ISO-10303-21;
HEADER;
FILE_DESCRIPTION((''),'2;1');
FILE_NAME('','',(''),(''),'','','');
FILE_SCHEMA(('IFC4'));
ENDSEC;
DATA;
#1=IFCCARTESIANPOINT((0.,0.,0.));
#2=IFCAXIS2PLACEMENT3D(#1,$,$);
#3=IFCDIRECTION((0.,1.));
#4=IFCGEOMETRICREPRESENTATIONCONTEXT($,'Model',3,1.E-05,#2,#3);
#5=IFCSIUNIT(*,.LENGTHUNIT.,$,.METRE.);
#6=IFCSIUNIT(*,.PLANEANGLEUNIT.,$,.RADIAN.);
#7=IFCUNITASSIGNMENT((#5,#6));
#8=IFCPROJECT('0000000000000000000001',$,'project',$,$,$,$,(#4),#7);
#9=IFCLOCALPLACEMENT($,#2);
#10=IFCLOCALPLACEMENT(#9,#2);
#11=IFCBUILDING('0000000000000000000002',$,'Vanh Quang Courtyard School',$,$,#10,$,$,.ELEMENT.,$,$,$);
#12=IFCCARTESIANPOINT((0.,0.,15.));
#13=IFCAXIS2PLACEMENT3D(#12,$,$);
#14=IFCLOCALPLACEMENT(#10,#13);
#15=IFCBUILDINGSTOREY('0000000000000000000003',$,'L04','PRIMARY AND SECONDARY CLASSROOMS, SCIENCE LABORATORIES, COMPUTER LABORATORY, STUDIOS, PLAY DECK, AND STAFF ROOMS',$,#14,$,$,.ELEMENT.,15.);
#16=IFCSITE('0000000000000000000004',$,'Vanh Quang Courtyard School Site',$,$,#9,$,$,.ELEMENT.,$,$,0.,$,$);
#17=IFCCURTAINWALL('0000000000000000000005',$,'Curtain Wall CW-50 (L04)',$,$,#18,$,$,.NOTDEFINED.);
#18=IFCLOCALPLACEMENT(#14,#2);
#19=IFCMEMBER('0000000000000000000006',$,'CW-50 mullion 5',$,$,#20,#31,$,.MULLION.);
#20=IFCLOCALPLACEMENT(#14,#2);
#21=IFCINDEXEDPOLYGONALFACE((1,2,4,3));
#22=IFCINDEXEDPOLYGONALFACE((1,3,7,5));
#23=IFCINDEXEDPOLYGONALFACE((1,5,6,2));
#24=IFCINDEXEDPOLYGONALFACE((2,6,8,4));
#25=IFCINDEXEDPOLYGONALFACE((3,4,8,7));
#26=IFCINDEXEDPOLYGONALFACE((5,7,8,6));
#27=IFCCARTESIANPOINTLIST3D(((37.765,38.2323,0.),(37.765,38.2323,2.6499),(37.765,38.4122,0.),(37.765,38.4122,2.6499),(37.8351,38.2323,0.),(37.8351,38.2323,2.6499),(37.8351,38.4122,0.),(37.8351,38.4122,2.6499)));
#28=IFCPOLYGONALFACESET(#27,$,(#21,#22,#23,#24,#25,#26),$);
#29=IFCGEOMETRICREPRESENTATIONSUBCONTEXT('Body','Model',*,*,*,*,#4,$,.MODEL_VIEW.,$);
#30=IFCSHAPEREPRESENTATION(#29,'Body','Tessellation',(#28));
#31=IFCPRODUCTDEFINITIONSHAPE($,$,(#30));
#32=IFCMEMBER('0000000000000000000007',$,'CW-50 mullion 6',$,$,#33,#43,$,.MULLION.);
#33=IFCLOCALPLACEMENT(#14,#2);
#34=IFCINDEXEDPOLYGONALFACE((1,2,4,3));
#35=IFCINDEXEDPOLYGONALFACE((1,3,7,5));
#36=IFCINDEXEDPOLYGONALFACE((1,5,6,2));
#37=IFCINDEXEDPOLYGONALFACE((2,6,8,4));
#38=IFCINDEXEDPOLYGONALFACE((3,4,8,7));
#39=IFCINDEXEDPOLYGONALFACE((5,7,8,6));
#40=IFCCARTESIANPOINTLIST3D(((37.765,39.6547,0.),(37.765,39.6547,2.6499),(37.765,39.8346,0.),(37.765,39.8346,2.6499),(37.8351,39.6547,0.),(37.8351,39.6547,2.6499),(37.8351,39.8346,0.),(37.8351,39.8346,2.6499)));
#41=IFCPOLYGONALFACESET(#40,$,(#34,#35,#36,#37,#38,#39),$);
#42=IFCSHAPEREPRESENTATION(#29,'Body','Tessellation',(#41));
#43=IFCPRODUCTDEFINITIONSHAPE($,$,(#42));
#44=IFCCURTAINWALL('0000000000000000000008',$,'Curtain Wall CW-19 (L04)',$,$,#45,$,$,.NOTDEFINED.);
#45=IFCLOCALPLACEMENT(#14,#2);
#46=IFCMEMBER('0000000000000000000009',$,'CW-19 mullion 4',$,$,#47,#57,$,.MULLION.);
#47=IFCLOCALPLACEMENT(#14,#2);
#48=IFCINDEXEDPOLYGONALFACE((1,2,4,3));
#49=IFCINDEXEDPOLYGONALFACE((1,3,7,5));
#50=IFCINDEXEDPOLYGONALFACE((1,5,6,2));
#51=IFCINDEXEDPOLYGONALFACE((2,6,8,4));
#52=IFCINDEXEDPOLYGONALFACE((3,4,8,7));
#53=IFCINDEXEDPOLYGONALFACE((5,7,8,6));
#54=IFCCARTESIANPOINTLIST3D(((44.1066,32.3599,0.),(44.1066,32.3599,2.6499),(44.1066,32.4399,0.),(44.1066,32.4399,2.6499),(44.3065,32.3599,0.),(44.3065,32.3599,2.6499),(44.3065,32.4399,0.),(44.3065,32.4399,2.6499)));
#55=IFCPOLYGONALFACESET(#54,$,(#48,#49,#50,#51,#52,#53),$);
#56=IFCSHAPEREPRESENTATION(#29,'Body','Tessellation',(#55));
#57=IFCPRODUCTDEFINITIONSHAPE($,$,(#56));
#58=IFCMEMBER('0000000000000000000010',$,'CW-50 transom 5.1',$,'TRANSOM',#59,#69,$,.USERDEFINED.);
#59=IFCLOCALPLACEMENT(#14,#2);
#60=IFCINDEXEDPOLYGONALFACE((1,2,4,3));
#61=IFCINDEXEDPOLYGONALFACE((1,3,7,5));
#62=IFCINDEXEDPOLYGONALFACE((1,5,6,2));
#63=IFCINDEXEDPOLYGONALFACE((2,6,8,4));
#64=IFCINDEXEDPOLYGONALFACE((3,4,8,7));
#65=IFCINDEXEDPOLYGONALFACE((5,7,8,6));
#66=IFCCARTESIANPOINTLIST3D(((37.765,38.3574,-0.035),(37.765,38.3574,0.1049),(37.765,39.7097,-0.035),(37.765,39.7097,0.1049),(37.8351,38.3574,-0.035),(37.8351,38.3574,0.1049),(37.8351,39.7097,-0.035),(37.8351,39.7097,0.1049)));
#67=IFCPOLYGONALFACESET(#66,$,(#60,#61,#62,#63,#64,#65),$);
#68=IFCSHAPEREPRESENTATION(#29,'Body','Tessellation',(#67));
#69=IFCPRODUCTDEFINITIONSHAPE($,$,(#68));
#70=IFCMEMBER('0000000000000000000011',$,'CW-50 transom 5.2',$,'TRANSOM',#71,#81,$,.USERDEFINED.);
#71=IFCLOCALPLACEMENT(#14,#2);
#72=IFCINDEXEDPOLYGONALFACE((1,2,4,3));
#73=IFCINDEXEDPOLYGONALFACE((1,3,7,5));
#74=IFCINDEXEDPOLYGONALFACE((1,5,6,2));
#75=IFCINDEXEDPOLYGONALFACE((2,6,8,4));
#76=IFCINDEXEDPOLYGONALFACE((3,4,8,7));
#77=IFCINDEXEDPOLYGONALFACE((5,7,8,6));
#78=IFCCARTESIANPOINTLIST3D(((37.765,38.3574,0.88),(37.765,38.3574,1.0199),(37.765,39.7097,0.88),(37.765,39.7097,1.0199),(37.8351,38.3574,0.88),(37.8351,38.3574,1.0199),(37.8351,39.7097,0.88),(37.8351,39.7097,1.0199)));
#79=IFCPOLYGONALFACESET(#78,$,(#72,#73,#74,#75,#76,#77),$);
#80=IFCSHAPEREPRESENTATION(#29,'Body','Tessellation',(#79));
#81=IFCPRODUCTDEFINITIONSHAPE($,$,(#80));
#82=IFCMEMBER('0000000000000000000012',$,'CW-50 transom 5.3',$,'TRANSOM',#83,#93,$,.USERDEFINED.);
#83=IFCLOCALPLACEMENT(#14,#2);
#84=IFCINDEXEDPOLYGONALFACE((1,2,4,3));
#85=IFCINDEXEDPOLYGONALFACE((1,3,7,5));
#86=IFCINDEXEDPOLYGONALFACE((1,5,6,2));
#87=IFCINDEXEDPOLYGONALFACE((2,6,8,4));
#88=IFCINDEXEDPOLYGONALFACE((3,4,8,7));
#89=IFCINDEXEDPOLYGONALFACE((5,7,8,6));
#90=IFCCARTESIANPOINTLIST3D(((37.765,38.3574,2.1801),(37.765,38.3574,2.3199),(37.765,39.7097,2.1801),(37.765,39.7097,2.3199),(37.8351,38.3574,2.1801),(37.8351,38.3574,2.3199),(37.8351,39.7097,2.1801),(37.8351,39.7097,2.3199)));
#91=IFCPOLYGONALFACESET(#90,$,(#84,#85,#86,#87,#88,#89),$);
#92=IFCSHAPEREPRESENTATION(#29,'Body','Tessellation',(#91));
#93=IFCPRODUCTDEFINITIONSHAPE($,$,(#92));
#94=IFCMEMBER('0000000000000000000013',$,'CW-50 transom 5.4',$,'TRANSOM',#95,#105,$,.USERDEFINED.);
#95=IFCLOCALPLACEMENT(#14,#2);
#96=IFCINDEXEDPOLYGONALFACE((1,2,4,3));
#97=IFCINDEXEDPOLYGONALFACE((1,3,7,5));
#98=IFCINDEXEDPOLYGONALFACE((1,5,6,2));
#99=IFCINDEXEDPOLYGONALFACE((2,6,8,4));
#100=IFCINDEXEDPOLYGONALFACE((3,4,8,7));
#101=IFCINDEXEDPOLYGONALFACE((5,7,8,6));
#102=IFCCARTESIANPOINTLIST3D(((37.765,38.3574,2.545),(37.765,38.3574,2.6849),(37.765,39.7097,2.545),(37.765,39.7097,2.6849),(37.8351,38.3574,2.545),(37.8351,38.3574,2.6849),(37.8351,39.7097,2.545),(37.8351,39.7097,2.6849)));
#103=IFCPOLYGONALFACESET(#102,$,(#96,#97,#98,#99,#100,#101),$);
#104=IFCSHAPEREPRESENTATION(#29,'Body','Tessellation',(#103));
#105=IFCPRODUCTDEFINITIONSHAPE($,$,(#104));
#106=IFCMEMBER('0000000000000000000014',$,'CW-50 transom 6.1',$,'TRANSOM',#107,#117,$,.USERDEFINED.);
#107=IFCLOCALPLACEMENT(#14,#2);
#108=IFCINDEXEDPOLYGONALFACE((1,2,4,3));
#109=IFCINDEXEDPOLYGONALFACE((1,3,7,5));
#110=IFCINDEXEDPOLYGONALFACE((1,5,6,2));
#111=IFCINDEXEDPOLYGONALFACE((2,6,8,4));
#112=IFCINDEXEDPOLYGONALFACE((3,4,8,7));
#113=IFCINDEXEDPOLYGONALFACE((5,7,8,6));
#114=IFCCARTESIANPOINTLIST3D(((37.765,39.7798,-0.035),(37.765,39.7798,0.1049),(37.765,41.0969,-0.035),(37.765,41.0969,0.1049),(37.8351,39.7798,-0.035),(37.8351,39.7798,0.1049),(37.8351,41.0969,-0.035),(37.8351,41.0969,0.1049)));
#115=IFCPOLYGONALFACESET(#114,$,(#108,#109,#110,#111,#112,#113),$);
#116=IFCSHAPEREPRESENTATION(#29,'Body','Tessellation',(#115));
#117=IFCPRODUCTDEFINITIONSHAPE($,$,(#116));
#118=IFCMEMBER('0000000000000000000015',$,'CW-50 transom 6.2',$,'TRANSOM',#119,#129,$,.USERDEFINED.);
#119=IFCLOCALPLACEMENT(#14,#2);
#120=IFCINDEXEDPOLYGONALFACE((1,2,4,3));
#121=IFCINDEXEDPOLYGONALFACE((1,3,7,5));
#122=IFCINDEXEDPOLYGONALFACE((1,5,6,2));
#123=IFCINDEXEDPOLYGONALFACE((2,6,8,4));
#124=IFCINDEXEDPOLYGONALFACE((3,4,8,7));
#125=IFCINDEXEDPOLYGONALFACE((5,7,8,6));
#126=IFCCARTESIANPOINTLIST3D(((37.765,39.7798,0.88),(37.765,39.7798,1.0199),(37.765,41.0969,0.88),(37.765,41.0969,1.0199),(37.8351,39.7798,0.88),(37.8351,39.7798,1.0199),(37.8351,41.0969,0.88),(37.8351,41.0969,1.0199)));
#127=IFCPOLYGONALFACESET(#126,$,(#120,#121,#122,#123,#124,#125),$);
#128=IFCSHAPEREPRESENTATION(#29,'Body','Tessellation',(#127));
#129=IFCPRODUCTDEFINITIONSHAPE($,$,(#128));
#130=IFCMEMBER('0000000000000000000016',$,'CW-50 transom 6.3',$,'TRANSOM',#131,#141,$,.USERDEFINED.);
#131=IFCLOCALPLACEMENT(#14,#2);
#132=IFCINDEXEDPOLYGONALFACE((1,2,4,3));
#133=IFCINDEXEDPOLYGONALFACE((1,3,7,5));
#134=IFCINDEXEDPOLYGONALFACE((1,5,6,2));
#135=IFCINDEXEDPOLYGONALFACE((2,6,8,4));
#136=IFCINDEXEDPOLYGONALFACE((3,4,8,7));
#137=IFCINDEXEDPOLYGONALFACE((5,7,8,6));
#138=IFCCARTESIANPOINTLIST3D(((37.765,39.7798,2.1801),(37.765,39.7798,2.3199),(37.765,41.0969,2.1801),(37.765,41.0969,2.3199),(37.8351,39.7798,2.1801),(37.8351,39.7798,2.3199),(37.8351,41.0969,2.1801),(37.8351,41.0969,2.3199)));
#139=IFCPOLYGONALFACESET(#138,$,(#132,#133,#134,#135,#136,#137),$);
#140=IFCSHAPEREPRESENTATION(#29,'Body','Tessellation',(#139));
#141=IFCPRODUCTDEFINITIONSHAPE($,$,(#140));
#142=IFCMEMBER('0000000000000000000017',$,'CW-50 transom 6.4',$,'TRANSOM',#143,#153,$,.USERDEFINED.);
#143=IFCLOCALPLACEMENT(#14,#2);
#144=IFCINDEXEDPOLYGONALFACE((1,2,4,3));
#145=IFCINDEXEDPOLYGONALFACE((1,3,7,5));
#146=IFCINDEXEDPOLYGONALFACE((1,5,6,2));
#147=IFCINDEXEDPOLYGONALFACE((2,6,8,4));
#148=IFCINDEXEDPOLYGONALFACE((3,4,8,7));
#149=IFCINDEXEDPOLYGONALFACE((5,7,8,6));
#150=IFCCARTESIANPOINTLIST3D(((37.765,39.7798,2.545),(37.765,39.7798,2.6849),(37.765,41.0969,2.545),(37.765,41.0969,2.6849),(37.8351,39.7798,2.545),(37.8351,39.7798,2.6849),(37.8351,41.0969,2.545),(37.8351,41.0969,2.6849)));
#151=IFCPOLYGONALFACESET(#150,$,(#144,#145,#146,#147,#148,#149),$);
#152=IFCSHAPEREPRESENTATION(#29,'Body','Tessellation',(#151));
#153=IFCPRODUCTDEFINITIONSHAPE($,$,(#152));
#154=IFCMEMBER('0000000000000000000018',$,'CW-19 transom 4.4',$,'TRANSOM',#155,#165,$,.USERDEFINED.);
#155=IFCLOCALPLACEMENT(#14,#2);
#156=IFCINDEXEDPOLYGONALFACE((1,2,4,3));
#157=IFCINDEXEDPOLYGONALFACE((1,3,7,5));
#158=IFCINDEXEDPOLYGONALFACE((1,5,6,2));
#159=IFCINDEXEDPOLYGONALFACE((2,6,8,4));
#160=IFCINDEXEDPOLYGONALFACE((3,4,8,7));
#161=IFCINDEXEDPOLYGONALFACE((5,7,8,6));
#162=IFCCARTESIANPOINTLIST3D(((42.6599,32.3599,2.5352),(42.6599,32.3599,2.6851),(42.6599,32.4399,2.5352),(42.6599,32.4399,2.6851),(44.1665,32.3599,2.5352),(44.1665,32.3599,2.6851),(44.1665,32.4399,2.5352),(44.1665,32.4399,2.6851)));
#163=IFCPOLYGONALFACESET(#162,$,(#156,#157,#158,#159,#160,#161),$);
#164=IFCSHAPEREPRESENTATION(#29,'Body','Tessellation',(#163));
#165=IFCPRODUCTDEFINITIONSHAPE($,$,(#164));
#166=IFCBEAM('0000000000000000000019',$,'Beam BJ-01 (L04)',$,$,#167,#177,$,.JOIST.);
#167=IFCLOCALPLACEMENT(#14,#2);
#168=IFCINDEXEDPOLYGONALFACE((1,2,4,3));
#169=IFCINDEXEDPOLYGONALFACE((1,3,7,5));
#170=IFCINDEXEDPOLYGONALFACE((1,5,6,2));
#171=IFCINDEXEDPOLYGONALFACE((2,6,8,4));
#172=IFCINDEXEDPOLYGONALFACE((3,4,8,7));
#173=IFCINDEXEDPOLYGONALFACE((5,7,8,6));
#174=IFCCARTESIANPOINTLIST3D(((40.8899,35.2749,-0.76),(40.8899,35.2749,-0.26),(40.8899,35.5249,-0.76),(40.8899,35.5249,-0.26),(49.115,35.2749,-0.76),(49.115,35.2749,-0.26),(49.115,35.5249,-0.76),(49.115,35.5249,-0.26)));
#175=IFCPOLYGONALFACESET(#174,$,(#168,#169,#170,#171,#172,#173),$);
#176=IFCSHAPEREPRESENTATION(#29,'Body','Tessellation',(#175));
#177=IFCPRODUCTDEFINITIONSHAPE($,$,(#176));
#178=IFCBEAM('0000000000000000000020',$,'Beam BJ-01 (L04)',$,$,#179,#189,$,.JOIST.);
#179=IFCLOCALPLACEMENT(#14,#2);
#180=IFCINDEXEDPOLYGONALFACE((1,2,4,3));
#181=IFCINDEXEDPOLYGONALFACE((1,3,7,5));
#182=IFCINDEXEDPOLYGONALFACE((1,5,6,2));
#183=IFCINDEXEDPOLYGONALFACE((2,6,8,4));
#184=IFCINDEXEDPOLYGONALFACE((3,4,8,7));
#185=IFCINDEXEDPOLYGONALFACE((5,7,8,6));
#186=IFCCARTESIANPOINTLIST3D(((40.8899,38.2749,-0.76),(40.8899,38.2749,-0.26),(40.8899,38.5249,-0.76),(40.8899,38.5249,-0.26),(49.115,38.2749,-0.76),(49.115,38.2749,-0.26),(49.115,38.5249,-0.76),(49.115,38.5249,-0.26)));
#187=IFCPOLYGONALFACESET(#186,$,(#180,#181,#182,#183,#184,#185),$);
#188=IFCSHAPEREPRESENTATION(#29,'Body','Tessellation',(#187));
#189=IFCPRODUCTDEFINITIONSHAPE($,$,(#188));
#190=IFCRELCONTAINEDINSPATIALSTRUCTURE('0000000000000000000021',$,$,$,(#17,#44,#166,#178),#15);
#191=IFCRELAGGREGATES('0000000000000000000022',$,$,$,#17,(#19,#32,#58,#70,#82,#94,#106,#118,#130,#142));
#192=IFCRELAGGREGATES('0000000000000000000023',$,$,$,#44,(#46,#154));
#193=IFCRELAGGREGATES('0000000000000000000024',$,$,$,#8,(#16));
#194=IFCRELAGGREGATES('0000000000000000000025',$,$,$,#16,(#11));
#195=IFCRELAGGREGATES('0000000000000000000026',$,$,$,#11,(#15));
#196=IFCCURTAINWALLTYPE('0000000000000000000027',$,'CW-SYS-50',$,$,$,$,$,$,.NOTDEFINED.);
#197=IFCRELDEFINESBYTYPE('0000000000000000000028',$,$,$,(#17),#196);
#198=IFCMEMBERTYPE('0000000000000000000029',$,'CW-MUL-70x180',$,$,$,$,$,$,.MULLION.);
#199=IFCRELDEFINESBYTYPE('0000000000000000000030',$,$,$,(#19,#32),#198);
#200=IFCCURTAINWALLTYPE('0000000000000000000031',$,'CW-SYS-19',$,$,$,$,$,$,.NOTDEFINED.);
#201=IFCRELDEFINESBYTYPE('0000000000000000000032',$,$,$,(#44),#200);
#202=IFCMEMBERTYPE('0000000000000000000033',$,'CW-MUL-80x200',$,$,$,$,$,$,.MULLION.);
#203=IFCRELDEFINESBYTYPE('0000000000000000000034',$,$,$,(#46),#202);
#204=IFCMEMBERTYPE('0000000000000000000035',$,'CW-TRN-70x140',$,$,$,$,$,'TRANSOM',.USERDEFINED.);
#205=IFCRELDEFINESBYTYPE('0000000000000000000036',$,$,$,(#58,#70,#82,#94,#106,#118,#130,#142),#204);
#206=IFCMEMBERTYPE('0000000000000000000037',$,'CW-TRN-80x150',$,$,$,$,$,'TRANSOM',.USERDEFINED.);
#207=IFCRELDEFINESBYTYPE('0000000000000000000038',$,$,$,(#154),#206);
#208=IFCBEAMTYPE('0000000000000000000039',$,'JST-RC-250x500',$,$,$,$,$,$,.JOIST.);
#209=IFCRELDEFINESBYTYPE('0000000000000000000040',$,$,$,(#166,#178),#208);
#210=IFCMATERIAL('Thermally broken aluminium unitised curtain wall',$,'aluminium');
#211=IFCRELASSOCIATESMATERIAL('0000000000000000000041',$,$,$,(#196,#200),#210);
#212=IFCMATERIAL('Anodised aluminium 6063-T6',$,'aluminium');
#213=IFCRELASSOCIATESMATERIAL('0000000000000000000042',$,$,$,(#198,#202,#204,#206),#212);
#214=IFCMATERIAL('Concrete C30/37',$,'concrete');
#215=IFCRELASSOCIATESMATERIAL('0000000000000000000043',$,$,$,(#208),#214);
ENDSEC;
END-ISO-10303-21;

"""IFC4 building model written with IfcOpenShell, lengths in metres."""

from ifc_helpers import new_model, si_unit, direction, frame, origin, origin_2d, place, context, subcontext, project, spatial, rectangle, extrude, material, material_profile, profile_set, type_object, element, aggregate, save


model = new_model("IFC4")

# Units and contexts
model_context = context("Model", 3, precision=1e-05, world=origin(), true_north=direction((0.0, 1.0)))
body_context = subcontext(model_context, "Body", "Model", "MODEL_VIEW")
ifc_project = project(units=[si_unit("LENGTHUNIT", "METRE"), si_unit("PLANEANGLEUNIT", "RADIAN")], contexts=[model_context])

# Site, building, storey
site_placement = place(None, origin())
site = spatial("IfcSite", under=ifc_project, at=site_placement, Name="Vanh Quang Courtyard School Site", CompositionType="ELEMENT", RefElevation=0.0)
building_placement = place(site_placement, origin())
building = spatial("IfcBuilding", under=site, at=building_placement, Name="Vanh Quang Courtyard School", CompositionType="ELEMENT")
storey_placement = place(building_placement, frame((0.0, 0.0, 15.0)))
storey = spatial("IfcBuildingStorey", under=building, at=storey_placement, Name="L04", Description="PRIMARY AND SECONDARY CLASSROOMS, SCIENCE LABORATORIES, COMPUTER LABORATORY, STUDIOS, PLAY DECK, AND STAFF ROOMS", CompositionType="ELEMENT", Elevation=15.0)

# Curtain wall, members
ifc_material_1 = material(Name="Thermally broken aluminium unitised curtain wall", Category="aluminium")
curtain_wall_type_1 = type_object("IfcCurtainWallType", Name="CW-SYS-50", PredefinedType="NOTDEFINED", material=ifc_material_1)
curtain_wall_1_placement = place(storey_placement, origin())
curtain_wall_1 = element("IfcCurtainWall", 1, at=curtain_wall_1_placement, inside=storey, type_object=curtain_wall_type_1, Name="Curtain Wall CW-50 (L04)", PredefinedType="NOTDEFINED")
ifc_material_2 = material(Name="Anodised aluminium 6063-T6", Category="aluminium")
ifc_material_profile_1 = material_profile(ifc_material_2, rectangle(XDim=0.0701, YDim=0.1799, at=origin_2d()), Name="ALU-MUL 70x180")
ifc_profile_set_1 = profile_set([ifc_material_profile_1], Name="Anodised aluminium 6063-T6")
member_type_1 = type_object("IfcMemberType", Name="CW-MUL-70x180", PredefinedType="MULLION", material=ifc_profile_set_1)
member_1_placement = place(storey_placement, frame((37.8, 38.3223, 0.0), z_axis=(0.0, 0.0, 1.0), x_axis=(-1.0, 0.0, 0.0)))
member_1 = element("IfcMember", 2, at=member_1_placement, type_object=member_type_1, Name="CW-50 mullion 5", PredefinedType="MULLION", context=body_context, shape_type="SweptSolid", body=[
    extrude(rectangle(XDim=0.0701, YDim=0.1799, at=origin_2d()), origin(), (0.0, 0.0, 1.0), 2.6499),
])
member_2_placement = place(storey_placement, frame((37.8, 39.7446, 0.0), z_axis=(0.0, 0.0, 1.0), x_axis=(-1.0, 0.0, 0.0)))
member_2 = element("IfcMember", 3, at=member_2_placement, type_object=member_type_1, Name="CW-50 mullion 6", PredefinedType="MULLION", context=body_context, shape_type="SweptSolid", body=[
    extrude(rectangle(XDim=0.0701, YDim=0.1799, at=origin_2d()), origin(), (0.0, 0.0, 1.0), 2.6499),
])

# Curtain wall, member
curtain_wall_type_2 = type_object("IfcCurtainWallType", Name="CW-SYS-19", PredefinedType="NOTDEFINED", material=ifc_material_1)
curtain_wall_2_placement = place(storey_placement, origin())
curtain_wall_2 = element("IfcCurtainWall", 4, at=curtain_wall_2_placement, inside=storey, type_object=curtain_wall_type_2, Name="Curtain Wall CW-19 (L04)", PredefinedType="NOTDEFINED")
ifc_material_profile_2 = material_profile(ifc_material_2, rectangle(XDim=0.0801, YDim=0.2, at=origin_2d()), Name="ALU-MUL 80x200")
ifc_profile_set_2 = profile_set([ifc_material_profile_2], Name="Anodised aluminium 6063-T6")
member_type_2 = type_object("IfcMemberType", Name="CW-MUL-80x200", PredefinedType="MULLION", material=ifc_profile_set_2)
member_3_placement = place(storey_placement, frame((44.2065, 32.3999, 0.0), z_axis=(0.0, 0.0, 1.0), x_axis=(0.0, -1.0, 0.0)))
member_3 = element("IfcMember", 5, at=member_3_placement, type_object=member_type_2, Name="CW-19 mullion 4", PredefinedType="MULLION", context=body_context, shape_type="SweptSolid", body=[
    extrude(rectangle(XDim=0.0801, YDim=0.2, at=origin_2d()), origin(), (0.0, 0.0, 1.0), 2.6499),
])

# Members
ifc_material_profile_3 = material_profile(ifc_material_2, rectangle(XDim=0.0701, YDim=0.1399, at=origin_2d()), Name="ALU-TRN 70x140")
ifc_profile_set_3 = profile_set([ifc_material_profile_3], Name="Anodised aluminium 6063-T6")
member_type_3 = type_object("IfcMemberType", Name="CW-TRN-70x140", ElementType="TRANSOM", PredefinedType="USERDEFINED", material=ifc_profile_set_3)
member_4_placement = place(storey_placement, frame((37.8, 38.3574, 0.0349), z_axis=(0.0, 1.0, 0.0), x_axis=(-1.0, 0.0, 0.0)))
member_4 = element("IfcMember", 6, at=member_4_placement, type_object=member_type_3, Name="CW-50 transom 5.1", ObjectType="TRANSOM", PredefinedType="USERDEFINED", context=body_context, shape_type="SweptSolid", body=[
    extrude(rectangle(XDim=0.0701, YDim=0.1399, at=origin_2d()), origin(), (0.0, 0.0, 1.0), 1.3523),
])
member_5_placement = place(storey_placement, frame((37.8, 38.3574, 0.95), z_axis=(0.0, 1.0, 0.0), x_axis=(-1.0, 0.0, 0.0)))
member_5 = element("IfcMember", 7, at=member_5_placement, type_object=member_type_3, Name="CW-50 transom 5.2", ObjectType="TRANSOM", PredefinedType="USERDEFINED", context=body_context, shape_type="SweptSolid", body=[
    extrude(rectangle(XDim=0.0701, YDim=0.1399, at=origin_2d()), origin(), (0.0, 0.0, 1.0), 1.3523),
])
member_6_placement = place(storey_placement, frame((37.8, 38.3574, 2.25), z_axis=(0.0, 1.0, 0.0), x_axis=(-1.0, 0.0, 0.0)))
member_6 = element("IfcMember", 8, at=member_6_placement, type_object=member_type_3, Name="CW-50 transom 5.3", ObjectType="TRANSOM", PredefinedType="USERDEFINED", context=body_context, shape_type="SweptSolid", body=[
    extrude(rectangle(XDim=0.0701, YDim=0.1399, at=origin_2d()), origin(), (0.0, 0.0, 1.0), 1.3523),
])
member_7_placement = place(storey_placement, frame((37.8, 38.3574, 2.615), z_axis=(0.0, 1.0, 0.0), x_axis=(-1.0, 0.0, 0.0)))
member_7 = element("IfcMember", 9, at=member_7_placement, type_object=member_type_3, Name="CW-50 transom 5.4", ObjectType="TRANSOM", PredefinedType="USERDEFINED", context=body_context, shape_type="SweptSolid", body=[
    extrude(rectangle(XDim=0.0701, YDim=0.1399, at=origin_2d()), origin(), (0.0, 0.0, 1.0), 1.3523),
])
member_8_placement = place(storey_placement, frame((37.8, 39.7798, 0.0349), z_axis=(0.0, 1.0, 0.0), x_axis=(-1.0, 0.0, 0.0)))
member_8 = element("IfcMember", 10, at=member_8_placement, type_object=member_type_3, Name="CW-50 transom 6.1", ObjectType="TRANSOM", PredefinedType="USERDEFINED", context=body_context, shape_type="SweptSolid", body=[
    extrude(rectangle(XDim=0.0701, YDim=0.1399, at=origin_2d()), origin(), (0.0, 0.0, 1.0), 1.3171),
])
member_9_placement = place(storey_placement, frame((37.8, 39.7798, 0.95), z_axis=(0.0, 1.0, 0.0), x_axis=(-1.0, 0.0, 0.0)))
member_9 = element("IfcMember", 11, at=member_9_placement, type_object=member_type_3, Name="CW-50 transom 6.2", ObjectType="TRANSOM", PredefinedType="USERDEFINED", context=body_context, shape_type="SweptSolid", body=[
    extrude(rectangle(XDim=0.0701, YDim=0.1399, at=origin_2d()), origin(), (0.0, 0.0, 1.0), 1.3171),
])
member_10_placement = place(storey_placement, frame((37.8, 39.7798, 2.25), z_axis=(0.0, 1.0, 0.0), x_axis=(-1.0, 0.0, 0.0)))
member_10 = element("IfcMember", 12, at=member_10_placement, type_object=member_type_3, Name="CW-50 transom 6.3", ObjectType="TRANSOM", PredefinedType="USERDEFINED", context=body_context, shape_type="SweptSolid", body=[
    extrude(rectangle(XDim=0.0701, YDim=0.1399, at=origin_2d()), origin(), (0.0, 0.0, 1.0), 1.3171),
])
member_11_placement = place(storey_placement, frame((37.8, 39.7798, 2.615), z_axis=(0.0, 1.0, 0.0), x_axis=(-1.0, 0.0, 0.0)))
member_11 = element("IfcMember", 13, at=member_11_placement, type_object=member_type_3, Name="CW-50 transom 6.4", ObjectType="TRANSOM", PredefinedType="USERDEFINED", context=body_context, shape_type="SweptSolid", body=[
    extrude(rectangle(XDim=0.0701, YDim=0.1399, at=origin_2d()), origin(), (0.0, 0.0, 1.0), 1.3171),
])
ifc_material_profile_4 = material_profile(ifc_material_2, rectangle(XDim=0.0801, YDim=0.1499, at=origin_2d()), Name="ALU-TRN 80x150")
ifc_profile_set_4 = profile_set([ifc_material_profile_4], Name="Anodised aluminium 6063-T6")
member_type_4 = type_object("IfcMemberType", Name="CW-TRN-80x150", ElementType="TRANSOM", PredefinedType="USERDEFINED", material=ifc_profile_set_4)
member_12_placement = place(storey_placement, frame((44.1665, 32.3999, 2.6101), z_axis=(-1.0, 0.0, 0.0), x_axis=(0.0, -1.0, 0.0)))
member_12 = element("IfcMember", 14, at=member_12_placement, type_object=member_type_4, Name="CW-19 transom 4.4", ObjectType="TRANSOM", PredefinedType="USERDEFINED", context=body_context, shape_type="SweptSolid", body=[
    extrude(rectangle(XDim=0.0801, YDim=0.1499, at=origin_2d()), origin(), (0.0, 0.0, 1.0), 1.5066),
])

# Beams
ifc_material_3 = material(Name="Concrete C30/37", Category="concrete")
ifc_material_profile_5 = material_profile(ifc_material_3, rectangle(XDim=0.25, YDim=0.5, at=origin_2d()), Name="RC-JST 250x500")
ifc_profile_set_5 = profile_set([ifc_material_profile_5], Name="Concrete C30/37")
beam_type = type_object("IfcBeamType", Name="JST-RC-250x500", PredefinedType="JOIST", material=ifc_profile_set_5)
for number, where, z_axis, x_axis, name in (
    (15, (40.8899, 35.3999, -0.51), (1.0, 0.0, 0.0), (0.0, 1.0, 0.0), "Beam BJ-01 (L04)"),
    (16, (40.8899, 38.3999, -0.51), (1.0, 0.0, 0.0), (0.0, 1.0, 0.0), "Beam BJ-01 (L04)"),
):
    element("IfcBeam", number, at=place(storey_placement, frame(where, z_axis=z_axis, x_axis=x_axis)), inside=storey, type_object=beam_type, Name=name, PredefinedType="JOIST", context=body_context, shape_type="SweptSolid", body=[
        extrude(rectangle(XDim=0.25, YDim=0.5, at=origin_2d()), origin(), (0.0, 0.0, 1.0), 8.2251),
    ])

aggregate(curtain_wall_1, [member_1, member_2, member_4, member_5, member_6, member_7, member_8, member_9, member_10, member_11])
aggregate(curtain_wall_2, [member_3, member_12])

save(model, "model.ifc")
